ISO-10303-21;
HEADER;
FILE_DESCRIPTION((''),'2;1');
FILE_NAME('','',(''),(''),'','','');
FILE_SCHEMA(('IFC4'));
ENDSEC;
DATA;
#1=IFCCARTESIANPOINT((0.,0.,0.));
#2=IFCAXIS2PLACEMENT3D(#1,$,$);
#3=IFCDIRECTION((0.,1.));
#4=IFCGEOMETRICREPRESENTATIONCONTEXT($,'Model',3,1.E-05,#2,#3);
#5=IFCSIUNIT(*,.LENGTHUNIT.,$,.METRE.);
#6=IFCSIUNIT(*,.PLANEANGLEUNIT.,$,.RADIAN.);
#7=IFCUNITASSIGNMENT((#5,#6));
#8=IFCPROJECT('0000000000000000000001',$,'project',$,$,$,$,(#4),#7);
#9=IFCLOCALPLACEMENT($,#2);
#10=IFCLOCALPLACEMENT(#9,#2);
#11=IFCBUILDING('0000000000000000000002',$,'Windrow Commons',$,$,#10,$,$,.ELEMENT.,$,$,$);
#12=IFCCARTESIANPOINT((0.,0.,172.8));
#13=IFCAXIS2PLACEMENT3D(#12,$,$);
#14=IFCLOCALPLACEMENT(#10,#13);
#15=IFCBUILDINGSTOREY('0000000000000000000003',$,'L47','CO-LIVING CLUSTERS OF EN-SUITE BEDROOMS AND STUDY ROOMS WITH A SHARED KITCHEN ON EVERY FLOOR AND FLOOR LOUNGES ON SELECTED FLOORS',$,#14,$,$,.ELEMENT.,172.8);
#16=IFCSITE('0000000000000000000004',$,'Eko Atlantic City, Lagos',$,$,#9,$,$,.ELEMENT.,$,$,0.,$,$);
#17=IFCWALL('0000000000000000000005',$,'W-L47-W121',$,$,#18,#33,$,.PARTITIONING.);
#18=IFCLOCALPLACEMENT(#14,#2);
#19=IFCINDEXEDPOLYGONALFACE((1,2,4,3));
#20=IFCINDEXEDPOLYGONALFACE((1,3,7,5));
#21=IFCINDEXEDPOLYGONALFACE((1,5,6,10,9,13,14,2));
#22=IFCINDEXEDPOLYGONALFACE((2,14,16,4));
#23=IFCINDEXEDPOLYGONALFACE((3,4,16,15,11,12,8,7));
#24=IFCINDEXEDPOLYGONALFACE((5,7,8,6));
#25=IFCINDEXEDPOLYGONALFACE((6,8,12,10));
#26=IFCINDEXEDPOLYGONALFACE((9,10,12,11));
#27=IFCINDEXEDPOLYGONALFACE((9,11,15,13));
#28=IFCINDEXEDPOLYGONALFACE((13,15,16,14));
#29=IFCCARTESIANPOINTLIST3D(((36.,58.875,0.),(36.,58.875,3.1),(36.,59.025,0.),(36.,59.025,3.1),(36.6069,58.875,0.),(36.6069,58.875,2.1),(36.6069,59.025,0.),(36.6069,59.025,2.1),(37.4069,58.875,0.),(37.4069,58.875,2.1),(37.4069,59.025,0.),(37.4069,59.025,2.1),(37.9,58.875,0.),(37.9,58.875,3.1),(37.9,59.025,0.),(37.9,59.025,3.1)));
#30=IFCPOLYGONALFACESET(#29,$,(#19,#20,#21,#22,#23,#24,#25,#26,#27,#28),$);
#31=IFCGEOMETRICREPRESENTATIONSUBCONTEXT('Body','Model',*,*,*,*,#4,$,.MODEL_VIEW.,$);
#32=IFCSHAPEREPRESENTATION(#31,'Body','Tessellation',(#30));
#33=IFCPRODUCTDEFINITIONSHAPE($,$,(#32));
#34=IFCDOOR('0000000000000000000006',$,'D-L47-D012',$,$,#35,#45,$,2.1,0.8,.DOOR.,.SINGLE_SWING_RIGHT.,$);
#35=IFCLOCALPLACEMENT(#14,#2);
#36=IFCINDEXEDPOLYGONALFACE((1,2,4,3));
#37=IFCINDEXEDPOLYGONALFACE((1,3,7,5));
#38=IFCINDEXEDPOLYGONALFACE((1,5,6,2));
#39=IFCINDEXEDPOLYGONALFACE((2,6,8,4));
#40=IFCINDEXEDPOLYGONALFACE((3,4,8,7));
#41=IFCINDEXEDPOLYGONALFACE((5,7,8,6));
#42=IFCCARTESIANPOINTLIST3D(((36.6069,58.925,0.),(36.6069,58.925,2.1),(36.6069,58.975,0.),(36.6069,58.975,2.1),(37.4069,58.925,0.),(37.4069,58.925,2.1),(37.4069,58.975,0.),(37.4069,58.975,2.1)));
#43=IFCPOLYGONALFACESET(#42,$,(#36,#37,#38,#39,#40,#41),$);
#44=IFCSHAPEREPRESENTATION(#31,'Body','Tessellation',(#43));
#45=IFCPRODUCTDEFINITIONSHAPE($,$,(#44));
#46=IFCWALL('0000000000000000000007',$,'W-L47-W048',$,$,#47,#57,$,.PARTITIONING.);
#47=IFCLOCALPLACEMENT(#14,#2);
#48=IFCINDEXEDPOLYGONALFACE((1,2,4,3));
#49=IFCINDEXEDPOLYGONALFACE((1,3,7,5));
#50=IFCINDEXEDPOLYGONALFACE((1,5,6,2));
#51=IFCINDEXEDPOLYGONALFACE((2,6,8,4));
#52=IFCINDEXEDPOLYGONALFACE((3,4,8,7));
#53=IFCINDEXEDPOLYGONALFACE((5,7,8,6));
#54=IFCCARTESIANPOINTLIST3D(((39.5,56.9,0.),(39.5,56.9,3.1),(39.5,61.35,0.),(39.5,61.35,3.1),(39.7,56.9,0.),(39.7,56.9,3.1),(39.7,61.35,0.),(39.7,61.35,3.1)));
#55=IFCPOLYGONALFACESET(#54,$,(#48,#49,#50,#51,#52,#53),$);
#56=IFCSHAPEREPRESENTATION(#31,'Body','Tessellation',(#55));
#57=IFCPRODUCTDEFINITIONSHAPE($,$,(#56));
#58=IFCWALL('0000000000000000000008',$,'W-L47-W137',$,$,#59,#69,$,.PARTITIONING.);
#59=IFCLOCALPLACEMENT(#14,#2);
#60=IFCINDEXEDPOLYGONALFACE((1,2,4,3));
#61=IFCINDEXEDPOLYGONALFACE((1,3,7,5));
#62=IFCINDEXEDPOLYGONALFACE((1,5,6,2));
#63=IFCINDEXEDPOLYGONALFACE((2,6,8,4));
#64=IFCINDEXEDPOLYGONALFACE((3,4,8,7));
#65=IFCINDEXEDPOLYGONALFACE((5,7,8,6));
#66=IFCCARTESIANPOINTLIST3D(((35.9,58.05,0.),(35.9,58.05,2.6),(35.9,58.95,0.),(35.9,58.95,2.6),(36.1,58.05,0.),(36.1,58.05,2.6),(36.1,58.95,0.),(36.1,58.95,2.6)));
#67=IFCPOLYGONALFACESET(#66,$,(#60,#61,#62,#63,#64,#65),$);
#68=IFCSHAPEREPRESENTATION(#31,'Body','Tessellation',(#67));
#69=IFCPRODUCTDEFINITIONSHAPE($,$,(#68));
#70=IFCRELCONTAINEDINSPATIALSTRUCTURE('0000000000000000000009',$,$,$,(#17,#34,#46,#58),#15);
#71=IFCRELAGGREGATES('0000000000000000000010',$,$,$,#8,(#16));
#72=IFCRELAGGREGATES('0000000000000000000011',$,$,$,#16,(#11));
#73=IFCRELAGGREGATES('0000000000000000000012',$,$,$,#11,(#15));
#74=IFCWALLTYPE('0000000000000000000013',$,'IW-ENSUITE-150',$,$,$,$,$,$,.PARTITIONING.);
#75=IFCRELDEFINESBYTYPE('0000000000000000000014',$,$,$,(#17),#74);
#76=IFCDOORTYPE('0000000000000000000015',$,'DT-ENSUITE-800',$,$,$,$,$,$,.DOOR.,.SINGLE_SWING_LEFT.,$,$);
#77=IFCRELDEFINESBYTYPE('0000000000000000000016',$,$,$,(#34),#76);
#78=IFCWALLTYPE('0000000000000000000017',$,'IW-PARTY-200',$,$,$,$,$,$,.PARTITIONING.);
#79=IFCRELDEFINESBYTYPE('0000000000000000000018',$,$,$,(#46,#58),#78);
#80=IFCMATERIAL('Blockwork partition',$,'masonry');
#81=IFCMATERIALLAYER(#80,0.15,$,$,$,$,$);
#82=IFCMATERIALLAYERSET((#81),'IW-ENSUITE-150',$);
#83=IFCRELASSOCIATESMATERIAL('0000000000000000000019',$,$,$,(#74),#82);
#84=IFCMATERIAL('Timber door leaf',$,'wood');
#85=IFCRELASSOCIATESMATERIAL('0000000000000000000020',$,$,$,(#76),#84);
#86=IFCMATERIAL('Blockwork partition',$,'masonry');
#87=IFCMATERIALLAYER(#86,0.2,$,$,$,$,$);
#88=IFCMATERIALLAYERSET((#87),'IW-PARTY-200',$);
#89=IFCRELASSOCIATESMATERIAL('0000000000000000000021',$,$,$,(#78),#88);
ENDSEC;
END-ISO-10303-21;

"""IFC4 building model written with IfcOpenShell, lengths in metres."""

from ifc_helpers import new_model, si_unit, direction, frame, frame_2d, origin, place, context, subcontext, project, spatial, rectangle, extrude, material, layer, layer_set, type_object, element, fill, save


model = new_model("IFC4")

# Units and contexts
model_context = context("Model", 3, precision=1e-05, world=origin(), true_north=direction((0.0, 1.0)))
body_context = subcontext(model_context, "Body", "Model", "MODEL_VIEW")
ifc_project = project(units=[si_unit("LENGTHUNIT", "METRE"), si_unit("PLANEANGLEUNIT", "RADIAN")], contexts=[model_context])

# Site, building, storey
site_placement = place(None, origin())
site = spatial("IfcSite", under=ifc_project, at=site_placement, Name="Eko Atlantic City, Lagos", CompositionType="ELEMENT", RefElevation=0.0)
building_placement = place(site_placement, origin())
building = spatial("IfcBuilding", under=site, at=building_placement, Name="Windrow Commons", CompositionType="ELEMENT")
storey_placement = place(building_placement, frame((0.0, 0.0, 172.8)))
storey = spatial("IfcBuildingStorey", under=building, at=storey_placement, Name="L47", Description="CO-LIVING CLUSTERS OF EN-SUITE BEDROOMS AND STUDY ROOMS WITH A SHARED KITCHEN ON EVERY FLOOR AND FLOOR LOUNGES ON SELECTED FLOORS", CompositionType="ELEMENT", Elevation=172.8)

# Shared definitions
ifc_material_1 = material(Name="Blockwork partition", Category="masonry")
ifc_layer_1 = layer(ifc_material_1, 0.15)
ifc_layer_set_1 = layer_set([ifc_layer_1], Name="IW-ENSUITE-150")
wall_type_1 = type_object("IfcWallType", Name="IW-ENSUITE-150", PredefinedType="PARTITIONING", material=ifc_layer_set_1)

# Wall, opening, door
wall_1_placement = place(storey_placement, frame((36.0, 58.95, 0.0), z_axis=(0.0, 0.0, 1.0), x_axis=(1.0, 0.0, 0.0)))
wall_1 = element("IfcWall", 1, at=wall_1_placement, inside=storey, type_object=wall_type_1, Name="W-L47-W121", PredefinedType="PARTITIONING", context=body_context, shape_type="SweptSolid", body=[
    extrude(rectangle(XDim=1.9, YDim=0.15, at=frame_2d((0.95, 0.0))), origin(), (0.0, 0.0, 1.0), 3.1),
])
opening_1_placement = place(wall_1_placement, frame((0.6069, 0.0, 0.0)))
opening_1 = element("IfcOpeningElement", 2, at=opening_1_placement, cuts=wall_1, PredefinedType="OPENING", context=body_context, shape_type="SweptSolid", body=[
    extrude(rectangle(XDim=0.8, YDim=2.1, at=frame_2d((0.4, 1.05))), frame((0.0, 0.085, 0.0), z_axis=(0.0, -1.0, 0.0), x_axis=(1.0, 0.0, 0.0)), (0.0, 0.0, 1.0), 0.17),
])
ifc_material_2 = material(Name="Timber door leaf", Category="wood")
door_type_1 = type_object("IfcDoorType", Name="DT-ENSUITE-800", OperationType="SINGLE_SWING_LEFT", PredefinedType="DOOR", material=ifc_material_2)
door_1_placement = place(opening_1_placement, origin())
door_1 = element("IfcDoor", 3, at=door_1_placement, inside=storey, type_object=door_type_1, Name="D-L47-D012", OperationType="SINGLE_SWING_RIGHT", OverallHeight=2.1, OverallWidth=0.8, PredefinedType="DOOR", context=body_context, shape_type="SweptSolid", body=[
    extrude(rectangle(XDim=0.8, YDim=2.1, at=frame_2d((0.4, 1.05))), frame((0.0, 0.025, 0.0), z_axis=(0.0, -1.0, 0.0), x_axis=(1.0, 0.0, 0.0)), (0.0, 0.0, 1.0), 0.05),
])
fill(opening_1, door_1)

# Walls
ifc_material_3 = material(Name="Blockwork partition", Category="masonry")
ifc_layer_2 = layer(ifc_material_3, 0.2)
ifc_layer_set_2 = layer_set([ifc_layer_2], Name="IW-PARTY-200")
wall_type_2 = type_object("IfcWallType", Name="IW-PARTY-200", PredefinedType="PARTITIONING", material=ifc_layer_set_2)
wall_2_placement = place(storey_placement, frame((39.6, 56.9, 0.0), z_axis=(0.0, 0.0, 1.0), x_axis=(0.0, 1.0, 0.0)))
element("IfcWall", 4, at=wall_2_placement, inside=storey, type_object=wall_type_2, Name="W-L47-W048", PredefinedType="PARTITIONING", context=body_context, shape_type="SweptSolid", body=[
    extrude(rectangle(XDim=4.45, YDim=0.2, at=frame_2d((2.225, 0.0))), origin(), (0.0, 0.0, 1.0), 3.1),
])
wall_3_placement = place(storey_placement, frame((36.0, 58.05, 0.0), z_axis=(0.0, 0.0, 1.0), x_axis=(0.0, 1.0, 0.0)))
element("IfcWall", 5, at=wall_3_placement, inside=storey, type_object=wall_type_2, Name="W-L47-W137", PredefinedType="PARTITIONING", context=body_context, shape_type="SweptSolid", body=[
    extrude(rectangle(XDim=0.9, YDim=0.2, at=frame_2d((0.45, 0.0))), origin(), (0.0, 0.0, 1.0), 2.6),
])

save(model, "model.ifc")
